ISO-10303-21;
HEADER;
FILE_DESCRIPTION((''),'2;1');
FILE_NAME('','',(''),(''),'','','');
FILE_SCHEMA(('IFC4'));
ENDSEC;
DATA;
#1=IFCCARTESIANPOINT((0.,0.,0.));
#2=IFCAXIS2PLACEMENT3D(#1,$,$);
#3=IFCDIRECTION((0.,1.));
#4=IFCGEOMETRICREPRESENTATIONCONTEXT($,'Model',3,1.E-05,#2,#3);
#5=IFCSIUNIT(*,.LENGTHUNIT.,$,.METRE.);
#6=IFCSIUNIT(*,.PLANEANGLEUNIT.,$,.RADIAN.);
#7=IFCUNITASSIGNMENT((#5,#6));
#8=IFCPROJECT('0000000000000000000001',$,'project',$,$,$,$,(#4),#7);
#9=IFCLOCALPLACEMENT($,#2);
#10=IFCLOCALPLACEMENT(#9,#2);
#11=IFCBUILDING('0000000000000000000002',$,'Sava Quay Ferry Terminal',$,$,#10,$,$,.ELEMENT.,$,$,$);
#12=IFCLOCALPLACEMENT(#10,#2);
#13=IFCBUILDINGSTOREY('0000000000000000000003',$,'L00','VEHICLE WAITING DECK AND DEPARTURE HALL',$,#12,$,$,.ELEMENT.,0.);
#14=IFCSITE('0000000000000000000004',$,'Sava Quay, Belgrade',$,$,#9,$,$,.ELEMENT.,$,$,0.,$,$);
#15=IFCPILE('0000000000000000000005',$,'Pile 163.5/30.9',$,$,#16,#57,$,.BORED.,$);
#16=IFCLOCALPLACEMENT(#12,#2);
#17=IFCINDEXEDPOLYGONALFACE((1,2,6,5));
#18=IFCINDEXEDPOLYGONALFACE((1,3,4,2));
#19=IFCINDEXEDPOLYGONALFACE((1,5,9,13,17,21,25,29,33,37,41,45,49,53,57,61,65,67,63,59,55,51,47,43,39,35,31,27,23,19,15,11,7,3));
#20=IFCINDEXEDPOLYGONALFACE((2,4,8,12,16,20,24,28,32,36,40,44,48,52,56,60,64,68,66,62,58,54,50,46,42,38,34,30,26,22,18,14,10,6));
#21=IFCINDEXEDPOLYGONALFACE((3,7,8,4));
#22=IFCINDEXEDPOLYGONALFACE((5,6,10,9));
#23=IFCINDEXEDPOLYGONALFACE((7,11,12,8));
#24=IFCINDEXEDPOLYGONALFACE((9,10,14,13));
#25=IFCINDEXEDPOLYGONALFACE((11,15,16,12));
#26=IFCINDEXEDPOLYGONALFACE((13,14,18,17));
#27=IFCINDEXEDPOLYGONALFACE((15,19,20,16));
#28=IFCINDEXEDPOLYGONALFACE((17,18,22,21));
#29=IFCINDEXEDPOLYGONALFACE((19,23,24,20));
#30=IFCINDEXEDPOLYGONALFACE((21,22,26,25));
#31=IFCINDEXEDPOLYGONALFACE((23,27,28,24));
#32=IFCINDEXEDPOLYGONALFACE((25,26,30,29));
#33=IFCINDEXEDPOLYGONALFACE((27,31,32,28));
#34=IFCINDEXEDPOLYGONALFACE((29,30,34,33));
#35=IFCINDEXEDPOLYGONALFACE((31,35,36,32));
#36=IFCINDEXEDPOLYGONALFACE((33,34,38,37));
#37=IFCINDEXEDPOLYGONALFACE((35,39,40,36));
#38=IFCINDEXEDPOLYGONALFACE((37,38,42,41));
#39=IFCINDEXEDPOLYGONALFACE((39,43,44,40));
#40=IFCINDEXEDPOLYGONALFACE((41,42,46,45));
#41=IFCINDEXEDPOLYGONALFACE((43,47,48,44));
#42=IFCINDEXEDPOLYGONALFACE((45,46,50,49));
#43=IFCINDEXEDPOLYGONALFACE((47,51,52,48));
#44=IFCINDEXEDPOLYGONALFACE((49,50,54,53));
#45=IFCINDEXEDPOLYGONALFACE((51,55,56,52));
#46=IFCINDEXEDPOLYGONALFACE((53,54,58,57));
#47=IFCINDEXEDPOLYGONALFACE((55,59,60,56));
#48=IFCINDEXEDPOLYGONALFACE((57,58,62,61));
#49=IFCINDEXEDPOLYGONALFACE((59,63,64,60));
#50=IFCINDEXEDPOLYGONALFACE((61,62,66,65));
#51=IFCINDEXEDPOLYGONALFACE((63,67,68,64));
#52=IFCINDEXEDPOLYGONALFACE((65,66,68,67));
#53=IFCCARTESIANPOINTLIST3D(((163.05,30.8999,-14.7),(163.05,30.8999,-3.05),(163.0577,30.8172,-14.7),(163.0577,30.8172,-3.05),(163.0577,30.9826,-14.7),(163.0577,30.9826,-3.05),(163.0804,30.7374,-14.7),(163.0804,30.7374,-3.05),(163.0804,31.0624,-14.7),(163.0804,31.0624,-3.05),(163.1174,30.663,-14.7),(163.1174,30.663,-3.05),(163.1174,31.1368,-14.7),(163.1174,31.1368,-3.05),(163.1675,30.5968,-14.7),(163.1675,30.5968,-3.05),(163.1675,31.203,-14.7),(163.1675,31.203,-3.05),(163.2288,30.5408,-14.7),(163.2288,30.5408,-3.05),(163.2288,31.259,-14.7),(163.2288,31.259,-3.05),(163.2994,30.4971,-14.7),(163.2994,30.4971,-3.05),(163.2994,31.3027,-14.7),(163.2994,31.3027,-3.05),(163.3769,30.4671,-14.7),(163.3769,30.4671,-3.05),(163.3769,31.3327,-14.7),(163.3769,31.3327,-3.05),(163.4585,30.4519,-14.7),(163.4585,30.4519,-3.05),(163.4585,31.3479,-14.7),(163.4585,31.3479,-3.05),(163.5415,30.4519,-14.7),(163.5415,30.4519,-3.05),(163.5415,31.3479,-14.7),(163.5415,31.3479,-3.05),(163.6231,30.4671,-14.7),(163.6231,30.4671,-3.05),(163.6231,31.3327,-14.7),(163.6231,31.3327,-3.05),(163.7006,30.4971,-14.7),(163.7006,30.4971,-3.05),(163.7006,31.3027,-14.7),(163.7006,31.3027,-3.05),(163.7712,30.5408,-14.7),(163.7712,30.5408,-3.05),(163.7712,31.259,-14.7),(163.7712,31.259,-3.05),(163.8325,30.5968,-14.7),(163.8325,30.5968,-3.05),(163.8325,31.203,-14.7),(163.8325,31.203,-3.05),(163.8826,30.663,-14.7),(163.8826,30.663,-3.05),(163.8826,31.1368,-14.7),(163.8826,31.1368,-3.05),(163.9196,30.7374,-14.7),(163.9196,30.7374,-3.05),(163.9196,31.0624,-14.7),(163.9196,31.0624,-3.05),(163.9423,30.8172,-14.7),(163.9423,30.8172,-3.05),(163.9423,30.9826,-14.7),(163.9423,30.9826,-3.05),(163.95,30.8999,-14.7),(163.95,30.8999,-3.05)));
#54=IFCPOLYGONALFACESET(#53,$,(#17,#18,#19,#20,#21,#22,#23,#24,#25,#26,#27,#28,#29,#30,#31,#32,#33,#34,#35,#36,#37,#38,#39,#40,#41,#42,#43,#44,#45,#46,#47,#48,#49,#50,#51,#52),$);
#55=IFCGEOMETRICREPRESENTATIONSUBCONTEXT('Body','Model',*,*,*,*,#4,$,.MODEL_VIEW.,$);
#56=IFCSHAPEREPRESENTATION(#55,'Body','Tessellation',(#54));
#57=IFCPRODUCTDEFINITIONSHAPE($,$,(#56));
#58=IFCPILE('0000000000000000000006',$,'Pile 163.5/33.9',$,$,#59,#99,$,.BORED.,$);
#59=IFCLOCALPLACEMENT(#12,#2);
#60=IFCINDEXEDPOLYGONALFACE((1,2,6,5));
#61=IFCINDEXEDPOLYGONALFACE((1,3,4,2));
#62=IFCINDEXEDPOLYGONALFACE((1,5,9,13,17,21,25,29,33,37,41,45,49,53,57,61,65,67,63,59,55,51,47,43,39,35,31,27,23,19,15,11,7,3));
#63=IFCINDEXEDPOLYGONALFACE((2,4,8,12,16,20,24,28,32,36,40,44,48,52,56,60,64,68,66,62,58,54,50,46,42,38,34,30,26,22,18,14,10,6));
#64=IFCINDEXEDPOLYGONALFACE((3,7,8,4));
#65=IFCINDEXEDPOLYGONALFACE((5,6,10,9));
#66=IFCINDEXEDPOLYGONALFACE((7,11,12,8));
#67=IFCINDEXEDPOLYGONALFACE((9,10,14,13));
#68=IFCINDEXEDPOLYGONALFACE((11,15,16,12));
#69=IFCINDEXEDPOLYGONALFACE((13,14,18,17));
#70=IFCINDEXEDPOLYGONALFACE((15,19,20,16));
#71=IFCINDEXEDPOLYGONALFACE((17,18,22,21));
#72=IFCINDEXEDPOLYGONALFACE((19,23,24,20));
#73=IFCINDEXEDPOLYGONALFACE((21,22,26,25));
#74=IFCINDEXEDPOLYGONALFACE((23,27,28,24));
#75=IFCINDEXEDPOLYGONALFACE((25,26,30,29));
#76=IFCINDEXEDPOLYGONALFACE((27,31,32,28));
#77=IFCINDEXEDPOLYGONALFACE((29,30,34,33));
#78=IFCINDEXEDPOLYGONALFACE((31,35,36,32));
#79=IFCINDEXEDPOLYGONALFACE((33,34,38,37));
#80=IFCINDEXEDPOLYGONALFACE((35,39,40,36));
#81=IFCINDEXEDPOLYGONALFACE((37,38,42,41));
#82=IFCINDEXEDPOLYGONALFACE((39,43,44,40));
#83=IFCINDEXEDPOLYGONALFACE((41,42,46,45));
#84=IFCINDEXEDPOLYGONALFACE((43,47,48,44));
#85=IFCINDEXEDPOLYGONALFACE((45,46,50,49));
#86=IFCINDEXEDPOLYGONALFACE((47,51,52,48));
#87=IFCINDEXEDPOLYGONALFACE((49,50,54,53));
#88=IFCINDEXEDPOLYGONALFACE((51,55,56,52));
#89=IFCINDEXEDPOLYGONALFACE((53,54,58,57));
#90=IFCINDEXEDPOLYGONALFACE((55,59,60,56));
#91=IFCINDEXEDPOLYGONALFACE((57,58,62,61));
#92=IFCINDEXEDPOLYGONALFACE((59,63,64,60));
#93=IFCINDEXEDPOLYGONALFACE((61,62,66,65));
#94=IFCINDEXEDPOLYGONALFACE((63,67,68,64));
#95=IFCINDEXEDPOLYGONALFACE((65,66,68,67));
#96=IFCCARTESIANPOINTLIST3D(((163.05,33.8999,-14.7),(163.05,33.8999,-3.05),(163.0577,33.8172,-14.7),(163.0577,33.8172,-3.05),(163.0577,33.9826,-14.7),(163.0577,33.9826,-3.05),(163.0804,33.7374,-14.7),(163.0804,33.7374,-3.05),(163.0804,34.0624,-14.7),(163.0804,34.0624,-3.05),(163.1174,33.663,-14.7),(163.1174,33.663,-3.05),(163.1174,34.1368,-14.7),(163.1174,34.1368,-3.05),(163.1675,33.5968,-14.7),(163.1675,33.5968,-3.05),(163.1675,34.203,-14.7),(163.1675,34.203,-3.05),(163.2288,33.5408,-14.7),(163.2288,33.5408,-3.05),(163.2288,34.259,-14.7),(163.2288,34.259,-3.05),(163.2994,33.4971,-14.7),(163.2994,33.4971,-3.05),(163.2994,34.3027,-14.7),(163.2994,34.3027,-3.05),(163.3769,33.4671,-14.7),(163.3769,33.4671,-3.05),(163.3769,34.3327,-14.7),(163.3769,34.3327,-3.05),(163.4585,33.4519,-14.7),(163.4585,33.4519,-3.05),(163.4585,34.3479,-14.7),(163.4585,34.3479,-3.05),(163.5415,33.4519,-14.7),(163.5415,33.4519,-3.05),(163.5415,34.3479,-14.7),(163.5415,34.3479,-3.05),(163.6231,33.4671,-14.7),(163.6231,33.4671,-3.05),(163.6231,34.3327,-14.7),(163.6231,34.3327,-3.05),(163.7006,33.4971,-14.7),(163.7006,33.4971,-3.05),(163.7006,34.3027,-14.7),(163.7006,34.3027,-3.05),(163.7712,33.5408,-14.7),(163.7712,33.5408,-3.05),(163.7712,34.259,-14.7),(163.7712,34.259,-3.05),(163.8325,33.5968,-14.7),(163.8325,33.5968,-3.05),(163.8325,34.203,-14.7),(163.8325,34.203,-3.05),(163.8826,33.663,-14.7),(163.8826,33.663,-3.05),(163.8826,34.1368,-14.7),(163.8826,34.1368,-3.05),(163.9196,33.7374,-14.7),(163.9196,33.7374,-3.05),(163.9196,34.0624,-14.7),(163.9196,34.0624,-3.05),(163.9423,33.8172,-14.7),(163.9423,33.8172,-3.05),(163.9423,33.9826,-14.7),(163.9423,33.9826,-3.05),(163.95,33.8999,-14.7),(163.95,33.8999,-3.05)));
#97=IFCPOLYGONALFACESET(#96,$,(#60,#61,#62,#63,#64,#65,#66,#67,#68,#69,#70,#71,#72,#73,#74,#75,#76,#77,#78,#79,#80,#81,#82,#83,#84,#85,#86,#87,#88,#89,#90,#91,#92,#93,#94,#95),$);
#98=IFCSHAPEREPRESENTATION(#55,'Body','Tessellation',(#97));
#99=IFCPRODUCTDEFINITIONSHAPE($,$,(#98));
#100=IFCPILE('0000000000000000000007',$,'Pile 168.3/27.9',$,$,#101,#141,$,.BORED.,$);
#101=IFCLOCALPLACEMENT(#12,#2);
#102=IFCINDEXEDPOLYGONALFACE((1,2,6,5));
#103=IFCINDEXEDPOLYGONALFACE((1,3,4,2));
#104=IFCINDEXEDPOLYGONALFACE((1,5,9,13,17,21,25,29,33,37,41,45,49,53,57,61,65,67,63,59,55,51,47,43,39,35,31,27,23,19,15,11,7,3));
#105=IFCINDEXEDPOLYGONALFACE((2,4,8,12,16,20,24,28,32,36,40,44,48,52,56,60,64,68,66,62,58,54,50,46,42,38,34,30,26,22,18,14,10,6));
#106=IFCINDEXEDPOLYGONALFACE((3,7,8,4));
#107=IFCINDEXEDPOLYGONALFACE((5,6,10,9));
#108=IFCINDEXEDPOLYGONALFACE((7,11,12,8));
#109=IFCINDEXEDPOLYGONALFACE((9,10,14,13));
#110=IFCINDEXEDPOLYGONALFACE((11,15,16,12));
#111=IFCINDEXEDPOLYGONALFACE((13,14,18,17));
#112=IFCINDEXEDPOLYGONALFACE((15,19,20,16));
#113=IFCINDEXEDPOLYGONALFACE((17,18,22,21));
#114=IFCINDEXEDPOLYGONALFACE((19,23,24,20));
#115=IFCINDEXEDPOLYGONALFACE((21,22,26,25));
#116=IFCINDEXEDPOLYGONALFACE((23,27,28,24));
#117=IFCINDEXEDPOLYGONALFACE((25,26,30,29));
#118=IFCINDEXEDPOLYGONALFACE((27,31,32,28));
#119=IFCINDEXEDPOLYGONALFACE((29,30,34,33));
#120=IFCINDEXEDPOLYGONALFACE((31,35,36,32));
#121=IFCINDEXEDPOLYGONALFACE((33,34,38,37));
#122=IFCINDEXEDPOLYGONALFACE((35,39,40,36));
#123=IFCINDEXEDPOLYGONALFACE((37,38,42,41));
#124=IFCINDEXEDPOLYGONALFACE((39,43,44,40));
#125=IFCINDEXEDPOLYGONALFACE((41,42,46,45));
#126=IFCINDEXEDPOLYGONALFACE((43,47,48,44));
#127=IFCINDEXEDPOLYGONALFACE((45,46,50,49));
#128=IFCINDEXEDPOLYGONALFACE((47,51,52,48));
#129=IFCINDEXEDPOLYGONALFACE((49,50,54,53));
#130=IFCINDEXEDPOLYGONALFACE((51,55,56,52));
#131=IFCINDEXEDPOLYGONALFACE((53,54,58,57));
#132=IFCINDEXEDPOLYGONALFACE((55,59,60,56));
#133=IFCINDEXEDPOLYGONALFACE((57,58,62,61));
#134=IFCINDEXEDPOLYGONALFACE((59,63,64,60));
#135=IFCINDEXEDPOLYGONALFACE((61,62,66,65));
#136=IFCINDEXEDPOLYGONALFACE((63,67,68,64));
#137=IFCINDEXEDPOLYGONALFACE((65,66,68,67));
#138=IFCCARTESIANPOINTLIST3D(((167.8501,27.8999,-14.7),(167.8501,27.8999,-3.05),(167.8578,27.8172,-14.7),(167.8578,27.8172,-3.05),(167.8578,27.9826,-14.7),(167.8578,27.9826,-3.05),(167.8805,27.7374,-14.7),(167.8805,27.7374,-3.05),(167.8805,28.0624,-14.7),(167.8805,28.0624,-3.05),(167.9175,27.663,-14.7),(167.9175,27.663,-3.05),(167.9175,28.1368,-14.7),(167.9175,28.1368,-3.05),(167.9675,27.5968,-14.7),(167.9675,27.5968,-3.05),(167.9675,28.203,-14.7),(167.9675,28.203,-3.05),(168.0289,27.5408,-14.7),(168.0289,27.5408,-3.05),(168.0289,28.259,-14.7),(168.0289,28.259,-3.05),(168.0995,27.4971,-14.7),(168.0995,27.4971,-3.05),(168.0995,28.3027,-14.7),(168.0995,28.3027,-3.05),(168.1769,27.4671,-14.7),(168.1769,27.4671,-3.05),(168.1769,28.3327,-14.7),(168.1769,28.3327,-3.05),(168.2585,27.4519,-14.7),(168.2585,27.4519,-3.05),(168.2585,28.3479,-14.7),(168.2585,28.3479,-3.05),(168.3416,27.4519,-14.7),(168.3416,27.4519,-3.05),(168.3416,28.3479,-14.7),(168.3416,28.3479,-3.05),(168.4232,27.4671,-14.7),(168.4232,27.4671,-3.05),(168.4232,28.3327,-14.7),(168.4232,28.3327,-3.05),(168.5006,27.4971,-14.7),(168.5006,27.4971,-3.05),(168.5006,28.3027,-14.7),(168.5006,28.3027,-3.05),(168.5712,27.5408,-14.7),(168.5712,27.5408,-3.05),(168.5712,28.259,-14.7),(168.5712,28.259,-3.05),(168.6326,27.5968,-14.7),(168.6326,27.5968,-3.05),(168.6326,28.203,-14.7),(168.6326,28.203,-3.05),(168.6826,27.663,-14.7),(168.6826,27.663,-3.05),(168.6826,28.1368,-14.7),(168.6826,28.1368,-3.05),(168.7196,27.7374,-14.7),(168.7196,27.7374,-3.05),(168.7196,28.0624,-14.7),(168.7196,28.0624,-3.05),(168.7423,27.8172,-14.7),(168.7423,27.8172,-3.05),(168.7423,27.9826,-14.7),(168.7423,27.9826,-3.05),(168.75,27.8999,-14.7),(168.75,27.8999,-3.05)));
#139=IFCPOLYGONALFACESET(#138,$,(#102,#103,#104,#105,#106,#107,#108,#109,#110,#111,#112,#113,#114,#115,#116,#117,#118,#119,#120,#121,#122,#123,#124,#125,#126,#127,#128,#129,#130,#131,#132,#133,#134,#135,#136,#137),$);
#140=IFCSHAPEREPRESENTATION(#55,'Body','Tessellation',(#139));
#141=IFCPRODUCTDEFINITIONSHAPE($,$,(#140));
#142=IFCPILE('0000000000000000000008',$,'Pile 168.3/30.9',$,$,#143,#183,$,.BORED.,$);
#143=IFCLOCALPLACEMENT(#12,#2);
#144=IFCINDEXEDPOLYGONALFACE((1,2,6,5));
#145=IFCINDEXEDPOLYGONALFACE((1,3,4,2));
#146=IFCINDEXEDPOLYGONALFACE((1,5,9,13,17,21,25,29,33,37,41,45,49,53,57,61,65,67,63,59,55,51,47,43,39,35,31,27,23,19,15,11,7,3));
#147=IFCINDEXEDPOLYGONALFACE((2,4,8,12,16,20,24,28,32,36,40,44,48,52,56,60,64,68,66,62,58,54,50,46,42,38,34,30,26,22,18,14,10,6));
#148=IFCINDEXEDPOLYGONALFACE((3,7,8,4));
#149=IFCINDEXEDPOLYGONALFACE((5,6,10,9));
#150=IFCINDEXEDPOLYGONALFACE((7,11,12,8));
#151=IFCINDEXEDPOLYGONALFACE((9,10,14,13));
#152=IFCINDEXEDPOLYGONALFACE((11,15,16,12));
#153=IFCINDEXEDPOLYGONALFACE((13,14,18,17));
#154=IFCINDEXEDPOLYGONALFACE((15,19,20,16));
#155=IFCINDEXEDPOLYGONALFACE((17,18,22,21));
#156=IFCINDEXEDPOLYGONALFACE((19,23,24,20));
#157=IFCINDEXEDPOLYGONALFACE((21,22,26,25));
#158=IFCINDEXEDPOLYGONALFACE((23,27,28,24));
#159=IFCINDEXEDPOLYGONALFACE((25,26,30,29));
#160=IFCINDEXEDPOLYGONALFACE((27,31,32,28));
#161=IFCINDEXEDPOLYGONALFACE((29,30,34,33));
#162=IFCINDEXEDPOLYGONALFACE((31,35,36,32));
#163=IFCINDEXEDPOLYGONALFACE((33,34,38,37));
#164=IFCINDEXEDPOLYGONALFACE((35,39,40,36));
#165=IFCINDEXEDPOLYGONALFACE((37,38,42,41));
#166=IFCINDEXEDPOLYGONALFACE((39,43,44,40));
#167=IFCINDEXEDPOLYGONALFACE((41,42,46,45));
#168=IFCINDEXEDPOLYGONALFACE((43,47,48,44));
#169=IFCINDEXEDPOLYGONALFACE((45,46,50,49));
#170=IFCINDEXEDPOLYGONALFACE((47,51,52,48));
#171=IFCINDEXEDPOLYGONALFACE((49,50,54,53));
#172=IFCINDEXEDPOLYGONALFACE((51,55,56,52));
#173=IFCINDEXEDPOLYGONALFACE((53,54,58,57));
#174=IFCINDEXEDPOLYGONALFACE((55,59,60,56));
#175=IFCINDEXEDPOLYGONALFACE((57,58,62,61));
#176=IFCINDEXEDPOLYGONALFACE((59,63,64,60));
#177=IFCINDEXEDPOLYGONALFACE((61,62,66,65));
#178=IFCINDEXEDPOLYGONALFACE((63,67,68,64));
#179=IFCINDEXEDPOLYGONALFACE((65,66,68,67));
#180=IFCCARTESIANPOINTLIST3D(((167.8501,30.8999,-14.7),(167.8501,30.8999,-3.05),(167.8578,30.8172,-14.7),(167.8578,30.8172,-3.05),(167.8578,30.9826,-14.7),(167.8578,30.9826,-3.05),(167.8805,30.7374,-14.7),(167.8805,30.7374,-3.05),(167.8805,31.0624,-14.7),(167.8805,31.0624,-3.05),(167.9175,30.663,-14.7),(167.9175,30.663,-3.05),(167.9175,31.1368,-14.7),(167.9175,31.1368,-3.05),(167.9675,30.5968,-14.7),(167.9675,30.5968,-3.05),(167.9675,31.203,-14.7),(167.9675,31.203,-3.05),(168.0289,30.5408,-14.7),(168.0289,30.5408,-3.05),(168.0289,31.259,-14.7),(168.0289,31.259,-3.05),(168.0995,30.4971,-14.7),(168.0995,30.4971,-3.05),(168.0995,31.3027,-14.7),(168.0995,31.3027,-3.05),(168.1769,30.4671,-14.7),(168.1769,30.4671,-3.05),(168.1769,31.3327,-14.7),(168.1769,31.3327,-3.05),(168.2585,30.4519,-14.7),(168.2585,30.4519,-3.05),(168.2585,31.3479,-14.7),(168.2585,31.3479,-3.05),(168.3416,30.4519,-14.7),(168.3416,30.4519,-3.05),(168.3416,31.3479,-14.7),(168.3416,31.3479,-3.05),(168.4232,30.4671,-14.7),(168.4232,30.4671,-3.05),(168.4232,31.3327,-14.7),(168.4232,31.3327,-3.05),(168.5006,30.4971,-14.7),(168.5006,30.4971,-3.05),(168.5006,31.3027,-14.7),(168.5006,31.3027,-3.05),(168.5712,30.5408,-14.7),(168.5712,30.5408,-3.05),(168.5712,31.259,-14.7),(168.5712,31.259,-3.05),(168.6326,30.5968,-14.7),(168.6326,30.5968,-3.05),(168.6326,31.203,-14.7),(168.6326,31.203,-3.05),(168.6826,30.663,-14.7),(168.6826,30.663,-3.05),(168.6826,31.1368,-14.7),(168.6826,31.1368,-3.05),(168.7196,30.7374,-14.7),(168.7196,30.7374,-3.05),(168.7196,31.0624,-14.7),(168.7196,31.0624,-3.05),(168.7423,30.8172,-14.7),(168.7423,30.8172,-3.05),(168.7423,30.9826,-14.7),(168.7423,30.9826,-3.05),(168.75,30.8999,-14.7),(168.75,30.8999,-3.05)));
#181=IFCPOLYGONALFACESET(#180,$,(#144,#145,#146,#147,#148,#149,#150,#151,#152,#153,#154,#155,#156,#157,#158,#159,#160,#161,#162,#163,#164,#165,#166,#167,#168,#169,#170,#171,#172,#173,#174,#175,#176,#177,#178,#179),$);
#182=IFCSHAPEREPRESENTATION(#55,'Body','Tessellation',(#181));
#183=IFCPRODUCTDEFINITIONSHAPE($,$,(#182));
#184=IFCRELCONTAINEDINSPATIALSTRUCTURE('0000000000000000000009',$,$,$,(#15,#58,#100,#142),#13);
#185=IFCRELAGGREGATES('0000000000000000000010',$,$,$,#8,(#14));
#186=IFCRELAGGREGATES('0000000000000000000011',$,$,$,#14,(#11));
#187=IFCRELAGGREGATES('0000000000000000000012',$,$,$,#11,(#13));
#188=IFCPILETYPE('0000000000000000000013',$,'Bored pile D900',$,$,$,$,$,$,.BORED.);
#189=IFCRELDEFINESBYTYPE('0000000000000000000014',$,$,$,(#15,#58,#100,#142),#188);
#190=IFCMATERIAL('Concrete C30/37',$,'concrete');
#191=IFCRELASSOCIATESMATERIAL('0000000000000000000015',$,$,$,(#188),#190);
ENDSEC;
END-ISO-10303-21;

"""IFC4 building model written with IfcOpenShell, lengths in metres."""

from ifc_helpers import new_model, si_unit, direction, frame, origin, origin_2d, place, context, subcontext, project, spatial, circle, extrude, material, material_profile, profile_set, type_object, element, save


model = new_model("IFC4")

# Units and contexts
model_context = context("Model", 3, precision=1e-05, world=origin(), true_north=direction((0.0, 1.0)))
body_context = subcontext(model_context, "Body", "Model", "MODEL_VIEW")
ifc_project = project(units=[si_unit("LENGTHUNIT", "METRE"), si_unit("PLANEANGLEUNIT", "RADIAN")], contexts=[model_context])

# Site, building, storey
site_placement = place(None, origin())
site = spatial("IfcSite", under=ifc_project, at=site_placement, Name="Sava Quay, Belgrade", CompositionType="ELEMENT", RefElevation=0.0)
building_placement = place(site_placement, origin())
building = spatial("IfcBuilding", under=site, at=building_placement, Name="Sava Quay Ferry Terminal", CompositionType="ELEMENT")
storey_placement = place(building_placement, origin())
storey = spatial("IfcBuildingStorey", under=building, at=storey_placement, Name="L00", Description="VEHICLE WAITING DECK AND DEPARTURE HALL", CompositionType="ELEMENT", Elevation=0.0)

# Piles
ifc_material_1 = material(Name="Concrete C30/37", Category="concrete")
ifc_material_profile_1 = material_profile(ifc_material_1, circle(Radius=0.45, at=origin_2d()), Name="Bored pile D900")
ifc_profile_set_1 = profile_set([ifc_material_profile_1], Name="Concrete C30/37")
pile_type = type_object("IfcPileType", Name="Bored pile D900", PredefinedType="BORED", material=ifc_profile_set_1)
for number, where, z_axis, x_axis, name in (
    (1, (163.5, 30.8999, -3.05), (0.0, 0.0, -1.0), (1.0, 0.0, 0.0), "Pile 163.5/30.9"),
    (2, (163.5, 33.8999, -3.05), (0.0, 0.0, -1.0), (1.0, 0.0, 0.0), "Pile 163.5/33.9"),
    (3, (168.3, 27.8999, -3.05), (0.0, 0.0, -1.0), (1.0, 0.0, 0.0), "Pile 168.3/27.9"),
    (4, (168.3, 30.8999, -3.05), (0.0, 0.0, -1.0), (1.0, 0.0, 0.0), "Pile 168.3/30.9"),
):
    element("IfcPile", number, at=place(storey_placement, frame(where, z_axis=z_axis, x_axis=x_axis)), inside=storey, type_object=pile_type, Name=name, PredefinedType="BORED", context=body_context, shape_type="SweptSolid", body=[
        extrude(circle(Radius=0.45, at=origin_2d()), origin(), (0.0, 0.0, 1.0), 11.6499),
    ])

save(model, "model.ifc")
